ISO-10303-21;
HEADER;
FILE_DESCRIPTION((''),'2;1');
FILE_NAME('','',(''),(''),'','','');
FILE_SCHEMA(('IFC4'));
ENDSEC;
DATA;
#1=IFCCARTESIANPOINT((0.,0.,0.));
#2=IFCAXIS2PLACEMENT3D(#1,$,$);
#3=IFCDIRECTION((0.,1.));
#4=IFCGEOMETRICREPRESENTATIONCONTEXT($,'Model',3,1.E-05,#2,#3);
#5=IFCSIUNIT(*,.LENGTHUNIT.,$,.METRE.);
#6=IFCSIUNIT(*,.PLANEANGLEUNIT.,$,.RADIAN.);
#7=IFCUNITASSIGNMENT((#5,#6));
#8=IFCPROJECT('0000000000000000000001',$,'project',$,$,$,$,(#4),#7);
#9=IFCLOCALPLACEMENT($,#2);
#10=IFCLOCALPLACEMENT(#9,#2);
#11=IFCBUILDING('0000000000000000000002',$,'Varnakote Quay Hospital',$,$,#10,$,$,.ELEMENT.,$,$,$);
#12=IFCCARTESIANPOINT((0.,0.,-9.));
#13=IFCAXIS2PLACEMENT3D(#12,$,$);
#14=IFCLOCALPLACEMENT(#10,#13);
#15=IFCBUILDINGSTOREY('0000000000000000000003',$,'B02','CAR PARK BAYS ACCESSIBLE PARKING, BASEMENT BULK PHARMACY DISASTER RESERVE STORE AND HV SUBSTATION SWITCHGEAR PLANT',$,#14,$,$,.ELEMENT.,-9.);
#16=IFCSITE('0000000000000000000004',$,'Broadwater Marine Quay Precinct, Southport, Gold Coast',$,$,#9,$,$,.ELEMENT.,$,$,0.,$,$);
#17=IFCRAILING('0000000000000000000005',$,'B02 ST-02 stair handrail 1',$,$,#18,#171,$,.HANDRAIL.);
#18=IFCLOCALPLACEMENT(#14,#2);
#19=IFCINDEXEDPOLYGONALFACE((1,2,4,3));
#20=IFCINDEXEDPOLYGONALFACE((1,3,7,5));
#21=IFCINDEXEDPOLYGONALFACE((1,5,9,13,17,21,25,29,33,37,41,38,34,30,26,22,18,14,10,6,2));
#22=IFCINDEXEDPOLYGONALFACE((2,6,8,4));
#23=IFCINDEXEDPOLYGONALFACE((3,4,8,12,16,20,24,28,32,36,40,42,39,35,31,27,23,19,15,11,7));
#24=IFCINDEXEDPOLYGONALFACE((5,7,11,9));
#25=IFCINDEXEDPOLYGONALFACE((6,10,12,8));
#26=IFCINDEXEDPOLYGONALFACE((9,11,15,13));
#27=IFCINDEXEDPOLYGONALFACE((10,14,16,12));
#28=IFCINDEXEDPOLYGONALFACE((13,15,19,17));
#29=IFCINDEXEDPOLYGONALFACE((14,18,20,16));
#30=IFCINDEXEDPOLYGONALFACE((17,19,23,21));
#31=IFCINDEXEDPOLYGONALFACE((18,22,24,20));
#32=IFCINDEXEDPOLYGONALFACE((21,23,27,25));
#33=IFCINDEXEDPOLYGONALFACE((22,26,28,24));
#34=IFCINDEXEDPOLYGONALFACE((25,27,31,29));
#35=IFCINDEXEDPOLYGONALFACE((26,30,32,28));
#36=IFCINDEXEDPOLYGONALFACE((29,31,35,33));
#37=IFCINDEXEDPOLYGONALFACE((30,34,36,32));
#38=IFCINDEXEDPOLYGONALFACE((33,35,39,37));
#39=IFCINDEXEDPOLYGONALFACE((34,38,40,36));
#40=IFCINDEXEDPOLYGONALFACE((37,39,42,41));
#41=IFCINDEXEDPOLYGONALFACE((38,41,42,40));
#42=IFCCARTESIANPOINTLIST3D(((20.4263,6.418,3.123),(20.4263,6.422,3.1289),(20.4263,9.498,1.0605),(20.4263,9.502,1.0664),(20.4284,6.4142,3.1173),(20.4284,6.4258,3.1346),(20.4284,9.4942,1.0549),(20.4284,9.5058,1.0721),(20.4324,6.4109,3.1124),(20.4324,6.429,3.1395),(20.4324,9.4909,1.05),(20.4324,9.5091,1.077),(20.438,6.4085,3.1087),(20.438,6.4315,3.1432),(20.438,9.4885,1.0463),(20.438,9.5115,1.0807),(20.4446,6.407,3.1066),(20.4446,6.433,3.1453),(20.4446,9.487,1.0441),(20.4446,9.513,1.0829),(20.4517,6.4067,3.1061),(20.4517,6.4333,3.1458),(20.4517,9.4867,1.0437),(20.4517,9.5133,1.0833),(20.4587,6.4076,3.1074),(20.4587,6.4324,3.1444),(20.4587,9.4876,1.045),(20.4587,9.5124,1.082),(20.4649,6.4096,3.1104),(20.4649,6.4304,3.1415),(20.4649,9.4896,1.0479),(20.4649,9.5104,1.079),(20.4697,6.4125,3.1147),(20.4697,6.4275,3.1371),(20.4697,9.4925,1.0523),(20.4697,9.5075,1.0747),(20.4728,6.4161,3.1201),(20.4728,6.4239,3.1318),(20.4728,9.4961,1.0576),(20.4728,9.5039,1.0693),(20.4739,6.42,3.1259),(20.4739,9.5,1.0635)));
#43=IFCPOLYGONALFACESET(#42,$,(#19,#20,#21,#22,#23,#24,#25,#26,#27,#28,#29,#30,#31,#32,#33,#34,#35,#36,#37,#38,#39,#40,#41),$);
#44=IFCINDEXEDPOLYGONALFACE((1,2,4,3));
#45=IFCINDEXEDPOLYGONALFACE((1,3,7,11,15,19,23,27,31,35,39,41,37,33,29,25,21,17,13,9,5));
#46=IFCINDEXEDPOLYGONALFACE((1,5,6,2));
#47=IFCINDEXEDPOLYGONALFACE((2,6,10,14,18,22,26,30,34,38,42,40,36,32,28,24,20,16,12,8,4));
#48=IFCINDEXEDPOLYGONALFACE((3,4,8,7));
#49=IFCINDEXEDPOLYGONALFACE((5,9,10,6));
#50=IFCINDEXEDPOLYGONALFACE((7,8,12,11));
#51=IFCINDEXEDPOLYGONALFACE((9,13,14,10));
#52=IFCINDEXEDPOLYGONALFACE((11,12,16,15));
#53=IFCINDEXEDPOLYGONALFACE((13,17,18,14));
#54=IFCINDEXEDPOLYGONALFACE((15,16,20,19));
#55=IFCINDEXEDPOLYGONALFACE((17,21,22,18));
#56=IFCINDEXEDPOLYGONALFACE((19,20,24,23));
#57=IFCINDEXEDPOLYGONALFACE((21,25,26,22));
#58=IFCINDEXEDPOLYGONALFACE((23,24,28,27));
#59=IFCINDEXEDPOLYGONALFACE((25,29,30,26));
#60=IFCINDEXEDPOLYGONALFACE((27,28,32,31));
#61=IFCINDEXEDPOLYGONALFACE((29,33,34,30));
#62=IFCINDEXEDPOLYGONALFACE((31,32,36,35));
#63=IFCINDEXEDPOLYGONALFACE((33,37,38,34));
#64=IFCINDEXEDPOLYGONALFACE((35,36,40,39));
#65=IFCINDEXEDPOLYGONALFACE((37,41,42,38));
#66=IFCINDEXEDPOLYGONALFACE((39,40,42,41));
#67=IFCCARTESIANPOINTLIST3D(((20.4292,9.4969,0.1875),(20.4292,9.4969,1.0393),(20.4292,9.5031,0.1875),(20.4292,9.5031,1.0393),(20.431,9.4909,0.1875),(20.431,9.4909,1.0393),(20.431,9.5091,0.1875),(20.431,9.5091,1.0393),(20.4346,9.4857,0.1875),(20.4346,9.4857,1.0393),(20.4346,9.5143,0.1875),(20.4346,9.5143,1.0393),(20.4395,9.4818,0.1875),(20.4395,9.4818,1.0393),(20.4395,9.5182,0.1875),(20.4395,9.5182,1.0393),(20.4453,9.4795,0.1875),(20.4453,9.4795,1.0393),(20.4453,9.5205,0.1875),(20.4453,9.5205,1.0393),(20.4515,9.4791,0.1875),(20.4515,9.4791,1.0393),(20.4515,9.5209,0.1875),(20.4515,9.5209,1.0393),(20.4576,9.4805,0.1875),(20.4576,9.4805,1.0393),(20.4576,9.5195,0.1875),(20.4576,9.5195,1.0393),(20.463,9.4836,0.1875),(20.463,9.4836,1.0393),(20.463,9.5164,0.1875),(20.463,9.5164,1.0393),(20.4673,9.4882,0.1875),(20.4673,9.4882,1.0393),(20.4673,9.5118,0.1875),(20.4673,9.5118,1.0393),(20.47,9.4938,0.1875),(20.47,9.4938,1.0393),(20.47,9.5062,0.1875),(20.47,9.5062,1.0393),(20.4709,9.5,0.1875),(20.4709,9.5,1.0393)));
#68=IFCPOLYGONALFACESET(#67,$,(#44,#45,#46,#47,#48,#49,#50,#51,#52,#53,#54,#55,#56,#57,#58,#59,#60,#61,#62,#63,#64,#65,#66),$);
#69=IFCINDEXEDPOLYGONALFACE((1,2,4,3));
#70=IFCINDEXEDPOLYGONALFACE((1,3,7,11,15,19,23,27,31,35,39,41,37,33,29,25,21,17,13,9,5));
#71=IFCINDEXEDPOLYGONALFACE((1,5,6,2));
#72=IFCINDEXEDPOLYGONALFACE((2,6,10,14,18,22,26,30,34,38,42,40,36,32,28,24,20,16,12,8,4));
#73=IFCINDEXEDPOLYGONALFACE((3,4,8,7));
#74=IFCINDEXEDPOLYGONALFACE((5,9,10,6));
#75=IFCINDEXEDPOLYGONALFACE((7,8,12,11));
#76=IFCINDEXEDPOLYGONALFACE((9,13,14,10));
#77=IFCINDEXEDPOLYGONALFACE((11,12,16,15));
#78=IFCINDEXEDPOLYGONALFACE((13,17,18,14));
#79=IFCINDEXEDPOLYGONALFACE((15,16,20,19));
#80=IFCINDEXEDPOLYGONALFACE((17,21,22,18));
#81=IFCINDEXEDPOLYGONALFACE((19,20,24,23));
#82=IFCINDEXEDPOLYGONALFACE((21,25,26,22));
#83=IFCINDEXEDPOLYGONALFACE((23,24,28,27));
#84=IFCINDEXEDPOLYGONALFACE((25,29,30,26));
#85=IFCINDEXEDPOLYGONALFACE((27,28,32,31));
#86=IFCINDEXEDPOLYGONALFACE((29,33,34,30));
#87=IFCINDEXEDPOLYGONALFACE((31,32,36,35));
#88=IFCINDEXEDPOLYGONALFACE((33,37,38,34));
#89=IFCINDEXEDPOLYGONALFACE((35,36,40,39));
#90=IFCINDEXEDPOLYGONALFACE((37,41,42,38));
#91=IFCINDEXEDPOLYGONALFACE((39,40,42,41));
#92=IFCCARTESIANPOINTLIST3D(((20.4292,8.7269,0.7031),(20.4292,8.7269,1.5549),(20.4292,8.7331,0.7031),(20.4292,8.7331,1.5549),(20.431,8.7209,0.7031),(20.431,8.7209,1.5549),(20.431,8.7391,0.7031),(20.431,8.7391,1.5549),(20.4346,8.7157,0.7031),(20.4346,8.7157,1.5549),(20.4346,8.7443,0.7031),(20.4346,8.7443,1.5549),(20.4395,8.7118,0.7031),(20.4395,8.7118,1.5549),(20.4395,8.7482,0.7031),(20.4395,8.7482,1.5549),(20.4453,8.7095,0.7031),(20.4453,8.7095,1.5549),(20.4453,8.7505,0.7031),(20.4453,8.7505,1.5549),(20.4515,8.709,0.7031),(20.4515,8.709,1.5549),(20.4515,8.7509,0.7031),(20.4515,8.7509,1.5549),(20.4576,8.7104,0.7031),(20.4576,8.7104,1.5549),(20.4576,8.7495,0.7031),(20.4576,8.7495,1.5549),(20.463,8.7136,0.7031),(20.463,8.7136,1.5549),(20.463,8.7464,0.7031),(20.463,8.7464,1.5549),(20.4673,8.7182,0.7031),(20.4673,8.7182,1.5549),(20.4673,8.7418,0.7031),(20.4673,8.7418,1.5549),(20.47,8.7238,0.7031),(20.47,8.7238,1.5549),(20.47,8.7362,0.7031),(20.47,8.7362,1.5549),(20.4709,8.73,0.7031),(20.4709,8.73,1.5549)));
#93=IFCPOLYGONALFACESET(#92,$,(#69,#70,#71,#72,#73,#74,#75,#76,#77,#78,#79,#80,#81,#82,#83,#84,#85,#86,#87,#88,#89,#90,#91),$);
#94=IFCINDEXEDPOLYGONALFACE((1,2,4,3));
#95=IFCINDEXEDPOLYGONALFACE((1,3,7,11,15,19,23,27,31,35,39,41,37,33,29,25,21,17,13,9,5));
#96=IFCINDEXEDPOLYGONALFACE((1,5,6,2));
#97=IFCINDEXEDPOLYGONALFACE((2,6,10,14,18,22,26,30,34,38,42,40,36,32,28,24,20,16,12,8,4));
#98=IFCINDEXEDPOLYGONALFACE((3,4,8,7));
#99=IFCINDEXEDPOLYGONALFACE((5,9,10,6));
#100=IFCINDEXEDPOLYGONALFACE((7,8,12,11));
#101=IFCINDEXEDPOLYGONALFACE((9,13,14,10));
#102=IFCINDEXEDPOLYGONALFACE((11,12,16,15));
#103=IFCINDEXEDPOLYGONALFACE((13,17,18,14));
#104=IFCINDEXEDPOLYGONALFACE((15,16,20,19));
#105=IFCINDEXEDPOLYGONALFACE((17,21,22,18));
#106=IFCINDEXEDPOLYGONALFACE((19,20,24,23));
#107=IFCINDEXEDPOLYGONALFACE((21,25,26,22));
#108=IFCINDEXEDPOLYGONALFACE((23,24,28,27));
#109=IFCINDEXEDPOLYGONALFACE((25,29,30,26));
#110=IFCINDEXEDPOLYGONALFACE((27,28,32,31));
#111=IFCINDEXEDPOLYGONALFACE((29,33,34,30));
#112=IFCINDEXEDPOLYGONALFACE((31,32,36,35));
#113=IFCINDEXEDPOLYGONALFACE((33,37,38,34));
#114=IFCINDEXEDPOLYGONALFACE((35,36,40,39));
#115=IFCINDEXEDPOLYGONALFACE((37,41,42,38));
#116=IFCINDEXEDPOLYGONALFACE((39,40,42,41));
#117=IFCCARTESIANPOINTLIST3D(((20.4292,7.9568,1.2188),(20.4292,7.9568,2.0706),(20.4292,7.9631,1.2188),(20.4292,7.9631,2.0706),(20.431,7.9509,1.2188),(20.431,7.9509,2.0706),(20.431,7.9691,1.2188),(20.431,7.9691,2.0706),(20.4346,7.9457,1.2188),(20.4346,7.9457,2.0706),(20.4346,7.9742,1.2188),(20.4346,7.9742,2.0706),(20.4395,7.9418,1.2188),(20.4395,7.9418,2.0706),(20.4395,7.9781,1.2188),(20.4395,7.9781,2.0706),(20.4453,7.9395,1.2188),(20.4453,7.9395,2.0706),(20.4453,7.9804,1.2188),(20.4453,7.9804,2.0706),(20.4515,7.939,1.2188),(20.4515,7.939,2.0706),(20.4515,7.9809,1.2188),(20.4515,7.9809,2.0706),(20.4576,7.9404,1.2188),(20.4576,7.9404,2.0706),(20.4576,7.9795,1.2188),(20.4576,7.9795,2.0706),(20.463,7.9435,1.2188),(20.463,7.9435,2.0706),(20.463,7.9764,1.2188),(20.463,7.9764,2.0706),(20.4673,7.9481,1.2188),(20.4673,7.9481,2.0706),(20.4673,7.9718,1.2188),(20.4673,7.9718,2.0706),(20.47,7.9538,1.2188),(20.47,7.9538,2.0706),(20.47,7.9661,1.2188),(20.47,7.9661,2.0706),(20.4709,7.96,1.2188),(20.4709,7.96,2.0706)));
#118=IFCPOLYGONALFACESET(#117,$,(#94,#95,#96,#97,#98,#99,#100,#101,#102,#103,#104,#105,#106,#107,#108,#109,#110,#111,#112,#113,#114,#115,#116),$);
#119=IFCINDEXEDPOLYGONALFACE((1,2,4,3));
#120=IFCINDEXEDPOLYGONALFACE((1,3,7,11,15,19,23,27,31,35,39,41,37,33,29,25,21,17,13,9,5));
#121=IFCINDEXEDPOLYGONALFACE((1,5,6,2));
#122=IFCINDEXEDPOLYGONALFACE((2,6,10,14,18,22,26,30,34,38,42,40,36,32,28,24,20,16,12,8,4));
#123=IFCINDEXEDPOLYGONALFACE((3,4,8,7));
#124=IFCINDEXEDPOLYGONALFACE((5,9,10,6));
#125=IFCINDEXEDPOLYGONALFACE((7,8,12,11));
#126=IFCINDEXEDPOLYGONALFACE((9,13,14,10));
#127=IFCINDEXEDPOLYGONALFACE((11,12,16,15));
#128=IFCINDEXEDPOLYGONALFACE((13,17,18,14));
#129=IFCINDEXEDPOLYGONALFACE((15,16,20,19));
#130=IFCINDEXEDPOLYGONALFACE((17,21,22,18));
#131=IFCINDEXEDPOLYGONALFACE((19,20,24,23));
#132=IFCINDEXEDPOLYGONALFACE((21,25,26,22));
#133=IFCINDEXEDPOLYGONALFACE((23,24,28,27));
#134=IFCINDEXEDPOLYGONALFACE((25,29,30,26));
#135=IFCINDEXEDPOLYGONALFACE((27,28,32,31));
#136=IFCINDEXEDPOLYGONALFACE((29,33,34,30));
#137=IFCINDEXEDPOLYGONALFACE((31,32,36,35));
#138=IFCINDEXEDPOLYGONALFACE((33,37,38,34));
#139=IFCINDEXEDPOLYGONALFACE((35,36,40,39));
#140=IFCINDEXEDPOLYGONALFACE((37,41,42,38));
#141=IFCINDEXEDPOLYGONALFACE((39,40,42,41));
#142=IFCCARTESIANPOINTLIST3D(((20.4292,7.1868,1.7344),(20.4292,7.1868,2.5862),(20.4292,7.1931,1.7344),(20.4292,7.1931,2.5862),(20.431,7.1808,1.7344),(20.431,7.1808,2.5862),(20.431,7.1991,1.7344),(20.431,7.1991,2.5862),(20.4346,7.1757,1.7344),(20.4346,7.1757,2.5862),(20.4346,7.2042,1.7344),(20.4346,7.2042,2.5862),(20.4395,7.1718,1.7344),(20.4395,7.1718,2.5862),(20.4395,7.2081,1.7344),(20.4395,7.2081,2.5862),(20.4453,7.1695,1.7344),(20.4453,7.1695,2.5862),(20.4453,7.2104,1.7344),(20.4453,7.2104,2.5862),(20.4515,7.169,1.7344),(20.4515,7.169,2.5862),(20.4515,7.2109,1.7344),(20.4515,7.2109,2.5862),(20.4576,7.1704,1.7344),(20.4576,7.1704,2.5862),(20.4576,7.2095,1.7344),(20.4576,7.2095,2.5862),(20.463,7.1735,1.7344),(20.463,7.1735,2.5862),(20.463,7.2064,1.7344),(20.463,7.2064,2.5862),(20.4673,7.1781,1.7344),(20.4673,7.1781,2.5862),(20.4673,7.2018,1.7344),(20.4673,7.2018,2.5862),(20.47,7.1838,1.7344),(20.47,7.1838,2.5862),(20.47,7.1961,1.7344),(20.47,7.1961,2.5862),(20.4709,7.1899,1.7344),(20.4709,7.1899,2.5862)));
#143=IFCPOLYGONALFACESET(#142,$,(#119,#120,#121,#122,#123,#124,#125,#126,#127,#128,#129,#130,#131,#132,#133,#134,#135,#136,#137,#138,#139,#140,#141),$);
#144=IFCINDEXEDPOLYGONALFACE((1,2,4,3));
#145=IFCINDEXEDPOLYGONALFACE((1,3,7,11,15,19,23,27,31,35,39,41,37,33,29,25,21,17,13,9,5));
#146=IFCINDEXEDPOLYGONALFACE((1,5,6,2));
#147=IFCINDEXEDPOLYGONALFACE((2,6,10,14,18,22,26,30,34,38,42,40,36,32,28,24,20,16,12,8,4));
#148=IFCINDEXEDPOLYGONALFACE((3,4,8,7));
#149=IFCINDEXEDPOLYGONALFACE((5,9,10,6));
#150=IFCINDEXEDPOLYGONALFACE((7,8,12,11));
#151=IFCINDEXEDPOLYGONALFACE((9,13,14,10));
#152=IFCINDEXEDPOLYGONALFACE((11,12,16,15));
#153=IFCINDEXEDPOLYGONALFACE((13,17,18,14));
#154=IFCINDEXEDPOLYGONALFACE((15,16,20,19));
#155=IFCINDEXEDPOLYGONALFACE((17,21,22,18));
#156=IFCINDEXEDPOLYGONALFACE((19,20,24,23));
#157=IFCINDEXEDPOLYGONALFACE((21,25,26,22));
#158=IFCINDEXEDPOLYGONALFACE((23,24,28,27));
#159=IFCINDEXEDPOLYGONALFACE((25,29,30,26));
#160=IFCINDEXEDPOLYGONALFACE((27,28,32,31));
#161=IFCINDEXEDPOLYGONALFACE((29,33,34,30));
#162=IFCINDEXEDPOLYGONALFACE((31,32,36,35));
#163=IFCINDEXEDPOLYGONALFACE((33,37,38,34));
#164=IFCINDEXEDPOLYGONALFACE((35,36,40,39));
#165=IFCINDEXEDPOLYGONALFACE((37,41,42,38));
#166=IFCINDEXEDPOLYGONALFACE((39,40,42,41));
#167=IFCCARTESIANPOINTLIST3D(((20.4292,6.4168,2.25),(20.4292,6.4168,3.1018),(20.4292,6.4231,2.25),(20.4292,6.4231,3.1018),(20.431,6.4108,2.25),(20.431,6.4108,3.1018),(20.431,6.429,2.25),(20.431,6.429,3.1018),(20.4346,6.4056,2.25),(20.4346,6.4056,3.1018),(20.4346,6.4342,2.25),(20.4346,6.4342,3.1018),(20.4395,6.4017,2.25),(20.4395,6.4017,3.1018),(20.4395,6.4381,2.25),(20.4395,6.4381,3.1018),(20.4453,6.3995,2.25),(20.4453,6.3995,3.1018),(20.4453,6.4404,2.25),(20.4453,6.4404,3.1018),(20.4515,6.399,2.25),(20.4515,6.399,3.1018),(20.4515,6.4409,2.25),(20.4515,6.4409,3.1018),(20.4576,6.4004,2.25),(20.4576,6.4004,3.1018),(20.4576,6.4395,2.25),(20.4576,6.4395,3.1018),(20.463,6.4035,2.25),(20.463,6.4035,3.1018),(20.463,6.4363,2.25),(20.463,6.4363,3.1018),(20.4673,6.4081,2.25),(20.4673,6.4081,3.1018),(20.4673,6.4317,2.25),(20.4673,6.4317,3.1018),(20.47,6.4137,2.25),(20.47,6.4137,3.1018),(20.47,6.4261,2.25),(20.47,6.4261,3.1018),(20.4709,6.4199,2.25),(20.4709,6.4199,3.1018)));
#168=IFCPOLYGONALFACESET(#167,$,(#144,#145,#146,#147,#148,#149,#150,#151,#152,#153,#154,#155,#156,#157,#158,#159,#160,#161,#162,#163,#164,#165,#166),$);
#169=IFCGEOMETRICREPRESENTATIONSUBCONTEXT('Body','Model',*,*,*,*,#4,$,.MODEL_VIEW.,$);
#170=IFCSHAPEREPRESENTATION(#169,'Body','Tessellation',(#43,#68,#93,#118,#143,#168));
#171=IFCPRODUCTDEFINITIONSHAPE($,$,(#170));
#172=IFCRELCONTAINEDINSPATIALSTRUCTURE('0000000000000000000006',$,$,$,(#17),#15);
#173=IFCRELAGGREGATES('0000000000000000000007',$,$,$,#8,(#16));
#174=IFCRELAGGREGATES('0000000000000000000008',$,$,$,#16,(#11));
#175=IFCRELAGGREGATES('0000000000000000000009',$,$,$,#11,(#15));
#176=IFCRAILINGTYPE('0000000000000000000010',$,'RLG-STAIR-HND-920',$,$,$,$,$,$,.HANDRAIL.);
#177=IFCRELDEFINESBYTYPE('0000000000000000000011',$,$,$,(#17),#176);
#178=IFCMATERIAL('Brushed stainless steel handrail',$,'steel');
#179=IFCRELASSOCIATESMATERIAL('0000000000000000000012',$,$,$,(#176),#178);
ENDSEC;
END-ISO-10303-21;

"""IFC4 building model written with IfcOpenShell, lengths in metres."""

from ifc_helpers import new_model, si_unit, direction, frame, origin, origin_2d, place, context, subcontext, project, spatial, circle, extrude, material, type_object, element, save


model = new_model("IFC4")

# Units and contexts
model_context = context("Model", 3, precision=1e-05, world=origin(), true_north=direction((0.0, 1.0)))
body_context = subcontext(model_context, "Body", "Model", "MODEL_VIEW")
ifc_project = project(units=[si_unit("LENGTHUNIT", "METRE"), si_unit("PLANEANGLEUNIT", "RADIAN")], contexts=[model_context])

# Site, building, storey
site_placement = place(None, origin())
site = spatial("IfcSite", under=ifc_project, at=site_placement, Name="Broadwater Marine Quay Precinct, Southport, Gold Coast", CompositionType="ELEMENT", RefElevation=0.0)
building_placement = place(site_placement, origin())
building = spatial("IfcBuilding", under=site, at=building_placement, Name="Varnakote Quay Hospital", CompositionType="ELEMENT")
storey_placement = place(building_placement, frame((0.0, 0.0, -9.0)))
storey = spatial("IfcBuildingStorey", under=building, at=storey_placement, Name="B02", Description="CAR PARK BAYS ACCESSIBLE PARKING, BASEMENT BULK PHARMACY DISASTER RESERVE STORE AND HV SUBSTATION SWITCHGEAR PLANT", CompositionType="ELEMENT", Elevation=-9.0)

# Railing
ifc_material_1 = material(Name="Brushed stainless steel handrail", Category="steel")
railing_type_1 = type_object("IfcRailingType", Name="RLG-STAIR-HND-920", PredefinedType="HANDRAIL", material=ifc_material_1)
railing_1_placement = place(storey_placement, frame((20.45, 9.5, 0.1875)))
element("IfcRailing", 1, at=railing_1_placement, inside=storey, type_object=railing_type_1, Name="B02 ST-02 stair handrail 1", PredefinedType="HANDRAIL", context=body_context, shape_type="SweptSolid", body=[
    extrude(circle(Radius=0.0239, at=origin_2d()), frame((0.0, 0.0, 0.876), z_axis=(0.0, -0.830914, 0.556401), x_axis=(1.0, 0.0, 0.0)), (0.0, 0.0, 1.0), 3.7068),
    extrude(circle(Radius=0.021, at=origin_2d()), origin(), (0.0, 0.0, 1.0), 0.8518),
    extrude(circle(Radius=0.021, at=origin_2d()), frame((0.0, -0.77, 0.5156)), (0.0, 0.0, 1.0), 0.8518),
    extrude(circle(Radius=0.021, at=origin_2d()), frame((0.0, -1.54, 1.0312)), (0.0, 0.0, 1.0), 0.8518),
    extrude(circle(Radius=0.021, at=origin_2d()), frame((0.0, -2.3101, 1.5469)), (0.0, 0.0, 1.0), 0.8518),
    extrude(circle(Radius=0.021, at=origin_2d()), frame((0.0, -3.0801, 2.0625)), (0.0, 0.0, 1.0), 0.8518),
])

save(model, "model.ifc")
